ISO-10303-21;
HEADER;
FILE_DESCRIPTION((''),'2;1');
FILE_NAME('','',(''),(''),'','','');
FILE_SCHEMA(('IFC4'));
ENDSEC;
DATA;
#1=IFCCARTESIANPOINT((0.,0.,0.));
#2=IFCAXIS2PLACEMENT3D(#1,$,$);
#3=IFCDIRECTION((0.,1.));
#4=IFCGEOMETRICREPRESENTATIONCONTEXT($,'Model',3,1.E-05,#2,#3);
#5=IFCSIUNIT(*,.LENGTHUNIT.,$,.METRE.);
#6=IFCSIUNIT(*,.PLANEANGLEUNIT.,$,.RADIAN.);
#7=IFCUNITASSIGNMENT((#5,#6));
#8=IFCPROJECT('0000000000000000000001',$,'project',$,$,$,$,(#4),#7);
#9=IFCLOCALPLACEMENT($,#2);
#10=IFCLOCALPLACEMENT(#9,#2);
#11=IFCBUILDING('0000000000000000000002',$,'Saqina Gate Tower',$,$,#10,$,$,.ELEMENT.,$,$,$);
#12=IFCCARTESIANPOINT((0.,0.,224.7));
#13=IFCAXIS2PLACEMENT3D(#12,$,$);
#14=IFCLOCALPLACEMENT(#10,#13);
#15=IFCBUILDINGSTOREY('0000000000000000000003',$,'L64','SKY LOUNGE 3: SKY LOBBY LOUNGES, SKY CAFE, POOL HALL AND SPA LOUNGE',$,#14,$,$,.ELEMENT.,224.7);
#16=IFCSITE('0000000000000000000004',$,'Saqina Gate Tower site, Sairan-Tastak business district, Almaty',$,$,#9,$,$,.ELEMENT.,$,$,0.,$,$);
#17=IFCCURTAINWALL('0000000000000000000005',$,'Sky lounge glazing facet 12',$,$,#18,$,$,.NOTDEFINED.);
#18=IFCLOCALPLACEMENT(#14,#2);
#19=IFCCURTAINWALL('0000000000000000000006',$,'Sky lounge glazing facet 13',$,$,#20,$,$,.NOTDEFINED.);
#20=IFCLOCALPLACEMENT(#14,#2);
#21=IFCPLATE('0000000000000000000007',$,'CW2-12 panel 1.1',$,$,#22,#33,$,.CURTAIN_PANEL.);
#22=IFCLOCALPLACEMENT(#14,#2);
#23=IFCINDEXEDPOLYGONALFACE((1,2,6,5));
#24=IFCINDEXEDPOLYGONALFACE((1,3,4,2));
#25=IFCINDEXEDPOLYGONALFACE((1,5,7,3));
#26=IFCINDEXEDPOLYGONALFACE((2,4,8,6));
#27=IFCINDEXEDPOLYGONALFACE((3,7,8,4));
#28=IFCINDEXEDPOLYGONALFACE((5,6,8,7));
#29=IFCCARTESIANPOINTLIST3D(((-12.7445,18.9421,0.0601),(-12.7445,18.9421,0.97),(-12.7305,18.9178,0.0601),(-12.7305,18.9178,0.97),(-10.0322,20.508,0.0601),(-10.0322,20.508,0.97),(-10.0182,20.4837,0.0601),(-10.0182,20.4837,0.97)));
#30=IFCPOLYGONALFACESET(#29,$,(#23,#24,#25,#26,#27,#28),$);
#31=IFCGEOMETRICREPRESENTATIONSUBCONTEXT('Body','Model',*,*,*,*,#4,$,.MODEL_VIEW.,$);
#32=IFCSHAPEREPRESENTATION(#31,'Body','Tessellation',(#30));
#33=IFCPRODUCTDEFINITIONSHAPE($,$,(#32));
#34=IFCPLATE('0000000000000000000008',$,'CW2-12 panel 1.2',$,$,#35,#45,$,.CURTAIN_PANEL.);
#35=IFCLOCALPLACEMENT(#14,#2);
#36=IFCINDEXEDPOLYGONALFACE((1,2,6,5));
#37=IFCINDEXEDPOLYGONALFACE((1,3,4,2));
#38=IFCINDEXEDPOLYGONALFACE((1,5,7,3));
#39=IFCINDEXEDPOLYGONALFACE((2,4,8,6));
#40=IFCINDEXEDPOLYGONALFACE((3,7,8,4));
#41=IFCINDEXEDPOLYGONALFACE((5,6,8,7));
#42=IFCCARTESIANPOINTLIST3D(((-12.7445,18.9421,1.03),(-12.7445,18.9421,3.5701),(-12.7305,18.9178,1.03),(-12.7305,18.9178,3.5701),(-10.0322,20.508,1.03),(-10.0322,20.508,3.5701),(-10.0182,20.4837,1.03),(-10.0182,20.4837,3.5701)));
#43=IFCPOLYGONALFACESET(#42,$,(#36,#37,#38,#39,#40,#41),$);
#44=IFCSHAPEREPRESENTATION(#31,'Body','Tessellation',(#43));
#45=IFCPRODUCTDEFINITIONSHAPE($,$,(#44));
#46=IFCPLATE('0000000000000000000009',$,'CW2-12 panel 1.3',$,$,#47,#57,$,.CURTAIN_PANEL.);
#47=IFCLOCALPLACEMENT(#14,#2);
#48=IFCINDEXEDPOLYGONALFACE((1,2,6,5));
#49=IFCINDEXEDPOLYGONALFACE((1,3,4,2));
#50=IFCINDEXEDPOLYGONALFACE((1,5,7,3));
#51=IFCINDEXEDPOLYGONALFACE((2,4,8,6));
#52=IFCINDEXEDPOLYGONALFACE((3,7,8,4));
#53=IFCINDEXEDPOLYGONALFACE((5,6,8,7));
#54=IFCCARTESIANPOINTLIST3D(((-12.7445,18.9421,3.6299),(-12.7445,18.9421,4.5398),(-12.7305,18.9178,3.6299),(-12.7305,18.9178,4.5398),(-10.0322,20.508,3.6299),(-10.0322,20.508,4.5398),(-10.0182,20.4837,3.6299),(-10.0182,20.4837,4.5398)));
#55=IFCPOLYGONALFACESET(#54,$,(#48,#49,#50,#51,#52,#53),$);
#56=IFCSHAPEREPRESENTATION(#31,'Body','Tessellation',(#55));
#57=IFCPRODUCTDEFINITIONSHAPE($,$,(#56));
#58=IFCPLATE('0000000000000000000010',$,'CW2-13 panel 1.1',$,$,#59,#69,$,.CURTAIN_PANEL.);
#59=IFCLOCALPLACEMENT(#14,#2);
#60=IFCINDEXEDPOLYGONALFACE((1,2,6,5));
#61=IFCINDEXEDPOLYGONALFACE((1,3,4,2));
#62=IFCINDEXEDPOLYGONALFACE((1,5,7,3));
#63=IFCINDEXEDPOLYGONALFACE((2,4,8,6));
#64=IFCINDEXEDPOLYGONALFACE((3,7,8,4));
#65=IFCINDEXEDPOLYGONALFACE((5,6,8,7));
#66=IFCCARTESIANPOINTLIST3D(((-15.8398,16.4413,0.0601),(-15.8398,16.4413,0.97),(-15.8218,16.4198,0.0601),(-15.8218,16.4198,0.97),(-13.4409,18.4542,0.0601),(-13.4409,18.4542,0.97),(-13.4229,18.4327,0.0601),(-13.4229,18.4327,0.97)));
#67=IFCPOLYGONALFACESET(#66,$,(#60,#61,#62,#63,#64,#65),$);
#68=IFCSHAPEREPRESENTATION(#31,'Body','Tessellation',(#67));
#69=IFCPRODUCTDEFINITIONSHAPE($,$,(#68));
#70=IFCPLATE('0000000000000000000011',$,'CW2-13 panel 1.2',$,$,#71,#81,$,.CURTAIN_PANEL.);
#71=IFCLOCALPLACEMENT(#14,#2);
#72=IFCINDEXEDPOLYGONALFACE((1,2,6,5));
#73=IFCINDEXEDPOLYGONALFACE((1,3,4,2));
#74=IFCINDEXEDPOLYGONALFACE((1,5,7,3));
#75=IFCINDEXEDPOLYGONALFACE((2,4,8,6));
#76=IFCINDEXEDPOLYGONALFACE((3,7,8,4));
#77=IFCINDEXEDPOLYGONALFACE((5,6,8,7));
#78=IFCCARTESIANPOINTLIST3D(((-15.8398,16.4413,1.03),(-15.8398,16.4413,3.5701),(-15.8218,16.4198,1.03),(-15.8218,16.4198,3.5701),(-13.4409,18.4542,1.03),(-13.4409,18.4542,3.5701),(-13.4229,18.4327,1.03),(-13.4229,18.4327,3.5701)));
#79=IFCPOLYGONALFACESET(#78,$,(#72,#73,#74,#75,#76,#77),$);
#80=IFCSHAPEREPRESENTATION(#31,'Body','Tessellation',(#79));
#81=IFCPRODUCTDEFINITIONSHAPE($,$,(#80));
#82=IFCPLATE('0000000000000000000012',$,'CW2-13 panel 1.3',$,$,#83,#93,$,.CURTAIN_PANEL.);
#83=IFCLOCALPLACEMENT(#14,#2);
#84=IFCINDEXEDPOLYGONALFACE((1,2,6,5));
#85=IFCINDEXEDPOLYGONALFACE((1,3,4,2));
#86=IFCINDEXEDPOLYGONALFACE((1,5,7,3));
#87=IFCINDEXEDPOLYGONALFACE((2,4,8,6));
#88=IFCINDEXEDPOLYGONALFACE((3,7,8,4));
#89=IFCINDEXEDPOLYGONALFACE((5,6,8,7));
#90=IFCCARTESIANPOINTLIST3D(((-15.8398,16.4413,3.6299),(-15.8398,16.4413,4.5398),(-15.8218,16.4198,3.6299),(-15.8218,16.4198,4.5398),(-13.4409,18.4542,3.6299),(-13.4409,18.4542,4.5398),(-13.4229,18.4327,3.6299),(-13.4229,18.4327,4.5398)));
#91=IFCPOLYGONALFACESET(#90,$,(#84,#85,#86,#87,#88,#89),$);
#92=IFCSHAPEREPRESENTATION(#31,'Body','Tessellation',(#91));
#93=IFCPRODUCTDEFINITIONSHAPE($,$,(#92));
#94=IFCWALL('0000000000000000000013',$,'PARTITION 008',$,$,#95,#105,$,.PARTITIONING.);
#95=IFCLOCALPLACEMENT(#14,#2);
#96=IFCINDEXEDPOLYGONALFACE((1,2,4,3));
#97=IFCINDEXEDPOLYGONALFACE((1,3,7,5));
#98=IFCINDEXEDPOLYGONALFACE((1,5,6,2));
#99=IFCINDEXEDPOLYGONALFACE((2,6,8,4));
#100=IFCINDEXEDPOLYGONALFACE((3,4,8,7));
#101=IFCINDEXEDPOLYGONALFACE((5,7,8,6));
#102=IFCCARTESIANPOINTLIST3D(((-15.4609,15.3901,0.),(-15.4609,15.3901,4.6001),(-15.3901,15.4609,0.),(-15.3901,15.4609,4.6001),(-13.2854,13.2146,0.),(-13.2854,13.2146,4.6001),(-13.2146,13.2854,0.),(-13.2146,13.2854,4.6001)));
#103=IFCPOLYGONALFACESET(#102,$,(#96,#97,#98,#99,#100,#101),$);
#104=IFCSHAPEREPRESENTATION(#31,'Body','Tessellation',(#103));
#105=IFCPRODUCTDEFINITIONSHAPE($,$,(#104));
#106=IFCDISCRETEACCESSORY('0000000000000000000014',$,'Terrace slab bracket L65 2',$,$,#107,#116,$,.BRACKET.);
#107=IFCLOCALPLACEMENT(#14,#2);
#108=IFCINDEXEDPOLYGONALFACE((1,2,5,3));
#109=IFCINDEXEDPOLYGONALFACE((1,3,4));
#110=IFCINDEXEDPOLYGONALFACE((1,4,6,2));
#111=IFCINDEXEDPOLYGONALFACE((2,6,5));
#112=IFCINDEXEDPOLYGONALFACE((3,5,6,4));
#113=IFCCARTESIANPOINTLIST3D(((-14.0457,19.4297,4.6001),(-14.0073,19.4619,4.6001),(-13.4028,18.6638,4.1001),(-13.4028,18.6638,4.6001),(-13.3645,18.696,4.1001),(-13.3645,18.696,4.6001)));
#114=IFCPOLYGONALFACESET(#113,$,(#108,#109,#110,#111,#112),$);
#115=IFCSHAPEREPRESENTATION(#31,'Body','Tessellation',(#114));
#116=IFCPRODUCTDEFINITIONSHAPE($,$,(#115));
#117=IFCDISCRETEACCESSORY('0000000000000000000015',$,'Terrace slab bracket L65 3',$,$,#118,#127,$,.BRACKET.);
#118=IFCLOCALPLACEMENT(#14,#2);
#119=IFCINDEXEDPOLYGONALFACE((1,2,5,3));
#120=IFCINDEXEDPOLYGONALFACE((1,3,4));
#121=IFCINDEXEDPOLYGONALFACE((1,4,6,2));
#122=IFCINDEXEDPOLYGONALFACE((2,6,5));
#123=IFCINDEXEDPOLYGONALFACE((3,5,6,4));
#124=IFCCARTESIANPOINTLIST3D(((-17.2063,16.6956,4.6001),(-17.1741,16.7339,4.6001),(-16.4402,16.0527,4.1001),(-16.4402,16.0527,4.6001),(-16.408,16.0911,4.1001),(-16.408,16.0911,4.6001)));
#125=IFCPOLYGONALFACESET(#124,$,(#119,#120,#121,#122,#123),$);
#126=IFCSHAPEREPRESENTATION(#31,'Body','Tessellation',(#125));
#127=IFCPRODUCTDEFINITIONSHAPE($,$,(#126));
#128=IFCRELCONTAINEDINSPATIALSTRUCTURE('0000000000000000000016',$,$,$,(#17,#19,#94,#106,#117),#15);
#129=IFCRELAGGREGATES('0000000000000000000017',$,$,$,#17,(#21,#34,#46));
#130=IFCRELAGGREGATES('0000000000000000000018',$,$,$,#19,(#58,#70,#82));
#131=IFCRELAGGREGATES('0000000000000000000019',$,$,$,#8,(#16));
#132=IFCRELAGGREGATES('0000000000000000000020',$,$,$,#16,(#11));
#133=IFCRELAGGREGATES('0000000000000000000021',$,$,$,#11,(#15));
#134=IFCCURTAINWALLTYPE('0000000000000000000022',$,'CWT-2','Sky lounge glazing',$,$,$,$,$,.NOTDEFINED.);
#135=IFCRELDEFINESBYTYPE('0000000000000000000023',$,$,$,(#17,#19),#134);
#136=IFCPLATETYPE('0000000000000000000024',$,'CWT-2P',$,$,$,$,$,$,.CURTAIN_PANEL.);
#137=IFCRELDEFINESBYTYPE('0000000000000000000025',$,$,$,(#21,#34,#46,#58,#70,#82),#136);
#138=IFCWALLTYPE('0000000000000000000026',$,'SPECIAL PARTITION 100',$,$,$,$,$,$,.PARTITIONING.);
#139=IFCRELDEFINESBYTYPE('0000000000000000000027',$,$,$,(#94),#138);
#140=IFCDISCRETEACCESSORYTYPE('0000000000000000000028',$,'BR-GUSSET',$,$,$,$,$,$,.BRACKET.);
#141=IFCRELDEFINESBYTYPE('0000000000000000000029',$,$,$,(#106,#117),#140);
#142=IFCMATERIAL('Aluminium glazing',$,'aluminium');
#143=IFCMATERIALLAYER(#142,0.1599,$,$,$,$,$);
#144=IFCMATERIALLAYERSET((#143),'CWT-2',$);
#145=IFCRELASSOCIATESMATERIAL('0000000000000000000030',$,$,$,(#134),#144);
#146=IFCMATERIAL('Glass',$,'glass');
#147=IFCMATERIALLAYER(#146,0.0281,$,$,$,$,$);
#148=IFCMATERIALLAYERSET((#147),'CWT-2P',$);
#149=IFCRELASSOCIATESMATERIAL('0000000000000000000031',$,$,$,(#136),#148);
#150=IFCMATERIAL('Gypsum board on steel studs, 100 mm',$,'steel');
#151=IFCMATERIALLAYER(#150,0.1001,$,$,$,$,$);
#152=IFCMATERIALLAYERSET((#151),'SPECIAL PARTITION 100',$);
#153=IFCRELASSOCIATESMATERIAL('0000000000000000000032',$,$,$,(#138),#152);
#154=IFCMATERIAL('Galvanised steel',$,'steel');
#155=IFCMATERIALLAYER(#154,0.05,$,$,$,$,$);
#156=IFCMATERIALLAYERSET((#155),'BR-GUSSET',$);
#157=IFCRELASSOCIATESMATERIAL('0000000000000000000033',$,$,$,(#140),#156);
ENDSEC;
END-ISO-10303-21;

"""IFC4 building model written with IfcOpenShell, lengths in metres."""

from ifc_helpers import new_model, si_unit, direction, frame, frame_2d, origin, origin_2d, place, context, subcontext, project, spatial, polyline, rectangle, outline, extrude, material, layer, layer_set, type_object, element, aggregate, save


model = new_model("IFC4")

# Units and contexts
model_context = context("Model", 3, precision=1e-05, world=origin(), true_north=direction((0.0, 1.0)))
body_context = subcontext(model_context, "Body", "Model", "MODEL_VIEW")
ifc_project = project(units=[si_unit("LENGTHUNIT", "METRE"), si_unit("PLANEANGLEUNIT", "RADIAN")], contexts=[model_context])

# Site, building, storey
site_placement = place(None, origin())
site = spatial("IfcSite", under=ifc_project, at=site_placement, Name="Saqina Gate Tower site, Sairan-Tastak business district, Almaty", CompositionType="ELEMENT", RefElevation=0.0)
building_placement = place(site_placement, origin())
building = spatial("IfcBuilding", under=site, at=building_placement, Name="Saqina Gate Tower", CompositionType="ELEMENT")
storey_placement = place(building_placement, frame((0.0, 0.0, 224.7)))
storey = spatial("IfcBuildingStorey", under=building, at=storey_placement, Name="L64", Description="SKY LOUNGE 3: SKY LOBBY LOUNGES, SKY CAFE, POOL HALL AND SPA LOUNGE", CompositionType="ELEMENT", Elevation=224.7)

# Curtain wall
ifc_material_1 = material(Name="Aluminium glazing", Category="aluminium")
ifc_layer_1 = layer(ifc_material_1, 0.1599)
ifc_layer_set_1 = layer_set([ifc_layer_1], Name="CWT-2")
curtain_wall_type = type_object("IfcCurtainWallType", Name="CWT-2", Description="Sky lounge glazing", PredefinedType="NOTDEFINED", material=ifc_layer_set_1)
curtain_wall_1_placement = place(storey_placement, origin())
curtain_wall_1 = element("IfcCurtainWall", 1, at=curtain_wall_1_placement, inside=storey, type_object=curtain_wall_type, Name="Sky lounge glazing facet 12", PredefinedType="NOTDEFINED")

# Curtain wall
curtain_wall_2_placement = place(storey_placement, origin())
curtain_wall_2 = element("IfcCurtainWall", 2, at=curtain_wall_2_placement, inside=storey, type_object=curtain_wall_type, Name="Sky lounge glazing facet 13", PredefinedType="NOTDEFINED")

# Plates
ifc_material_2 = material(Name="Glass", Category="glass")
ifc_layer_2 = layer(ifc_material_2, 0.0281)
ifc_layer_set_2 = layer_set([ifc_layer_2], Name="CWT-2P")
plate_type = type_object("IfcPlateType", Name="CWT-2P", PredefinedType="CURTAIN_PANEL", material=ifc_layer_set_2)
plate_1_placement = place(storey_placement, frame((-11.3813, 19.7129, 0.0601), z_axis=(0.0, 0.0, 1.0), x_axis=(-0.866036, -0.499982, 0.0)))
plate_1 = element("IfcPlate", 3, at=plate_1_placement, type_object=plate_type, Name="CW2-12 panel 1.1", PredefinedType="CURTAIN_PANEL", context=body_context, shape_type="SweptSolid", body=[
    extrude(rectangle(XDim=3.1318, YDim=0.0281, at=origin_2d()), origin(), (0.0, 0.0, 1.0), 0.9099),
])
plate_2_placement = place(storey_placement, frame((-11.3813, 19.7129, 1.03), z_axis=(0.0, 0.0, 1.0), x_axis=(-0.866036, -0.499982, 0.0)))
plate_2 = element("IfcPlate", 4, at=plate_2_placement, type_object=plate_type, Name="CW2-12 panel 1.2", PredefinedType="CURTAIN_PANEL", context=body_context, shape_type="SweptSolid", body=[
    extrude(rectangle(XDim=3.1318, YDim=0.0281, at=origin_2d()), origin(), (0.0, 0.0, 1.0), 2.54),
])
plate_3_placement = place(storey_placement, frame((-11.3813, 19.7129, 3.6299), z_axis=(0.0, 0.0, 1.0), x_axis=(-0.866036, -0.499982, 0.0)))
plate_3 = element("IfcPlate", 5, at=plate_3_placement, type_object=plate_type, Name="CW2-12 panel 1.3", PredefinedType="CURTAIN_PANEL", context=body_context, shape_type="SweptSolid", body=[
    extrude(rectangle(XDim=3.1318, YDim=0.0281, at=origin_2d()), origin(), (0.0, 0.0, 1.0), 0.9099),
])
aggregate(curtain_wall_1, [plate_1, plate_2, plate_3])
plate_4_placement = place(storey_placement, frame((-14.6313, 17.437, 0.0601), z_axis=(0.0, 0.0, 1.0), x_axis=(-0.766046, -0.642785, 0.0)))
plate_4 = element("IfcPlate", 6, at=plate_4_placement, type_object=plate_type, Name="CW2-13 panel 1.1", PredefinedType="CURTAIN_PANEL", context=body_context, shape_type="SweptSolid", body=[
    extrude(rectangle(XDim=3.1316, YDim=0.0281, at=origin_2d()), origin(), (0.0, 0.0, 1.0), 0.9099),
])
plate_5_placement = place(storey_placement, frame((-14.6313, 17.437, 1.03), z_axis=(0.0, 0.0, 1.0), x_axis=(-0.766046, -0.642785, 0.0)))
plate_5 = element("IfcPlate", 7, at=plate_5_placement, type_object=plate_type, Name="CW2-13 panel 1.2", PredefinedType="CURTAIN_PANEL", context=body_context, shape_type="SweptSolid", body=[
    extrude(rectangle(XDim=3.1316, YDim=0.0281, at=origin_2d()), origin(), (0.0, 0.0, 1.0), 2.54),
])
plate_6_placement = place(storey_placement, frame((-14.6313, 17.437, 3.6299), z_axis=(0.0, 0.0, 1.0), x_axis=(-0.766046, -0.642785, 0.0)))
plate_6 = element("IfcPlate", 8, at=plate_6_placement, type_object=plate_type, Name="CW2-13 panel 1.3", PredefinedType="CURTAIN_PANEL", context=body_context, shape_type="SweptSolid", body=[
    extrude(rectangle(XDim=3.1316, YDim=0.0281, at=origin_2d()), origin(), (0.0, 0.0, 1.0), 0.9099),
])
aggregate(curtain_wall_2, [plate_4, plate_5, plate_6])

# Wall
ifc_material_3 = material(Name="Gypsum board on steel studs, 100 mm", Category="steel")
ifc_layer_3 = layer(ifc_material_3, 0.1001)
ifc_layer_set_3 = layer_set([ifc_layer_3], Name="SPECIAL PARTITION 100")
wall_type = type_object("IfcWallType", Name="SPECIAL PARTITION 100", PredefinedType="PARTITIONING", material=ifc_layer_set_3)
wall_placement = place(storey_placement, frame((-15.4255, 15.4255, 0.0), z_axis=(0.0, 0.0, 1.0), x_axis=(0.707107, -0.707107, 0.0)))
element("IfcWall", 9, at=wall_placement, inside=storey, type_object=wall_type, Name="PARTITION 008", PredefinedType="PARTITIONING", context=body_context, shape_type="SweptSolid", body=[
    extrude(rectangle(XDim=3.0767, YDim=0.1001, at=frame_2d((1.5383, 0.0))), origin(), (0.0, 0.0, 1.0), 4.6001),
])

# Discrete accessories
ifc_material_4 = material(Name="Galvanised steel", Category="steel")
ifc_layer_4 = layer(ifc_material_4, 0.05)
ifc_layer_set_4 = layer_set([ifc_layer_4], Name="BR-GUSSET")
discrete_accessory_type = type_object("IfcDiscreteAccessoryType", Name="BR-GUSSET", PredefinedType="BRACKET", material=ifc_layer_set_4)
discrete_accessory_1_placement = place(storey_placement, frame((-13.4028, 18.6638, 4.1001), z_axis=(-0.765955, -0.642894, 0.0), x_axis=(0.0, 0.0, 1.0)))
element("IfcDiscreteAccessory", 10, at=discrete_accessory_1_placement, inside=storey, type_object=discrete_accessory_type, Name="Terrace slab bracket L65 2", PredefinedType="BRACKET", context=body_context, shape_type="SweptSolid", body=[
    extrude(outline(polyline([(0.0, 0.0), (0.5, 0.0), (0.5, 0.9999), (0.0, 0.0)])), origin(), (0.0, 0.0, -1.0), 0.05),
])
discrete_accessory_2_placement = place(storey_placement, frame((-16.4402, 16.0527, 4.1001), z_axis=(-0.642774, -0.766056, 0.0), x_axis=(0.0, 0.0, 1.0)))
element("IfcDiscreteAccessory", 11, at=discrete_accessory_2_placement, inside=storey, type_object=discrete_accessory_type, Name="Terrace slab bracket L65 3", PredefinedType="BRACKET", context=body_context, shape_type="SweptSolid", body=[
    extrude(outline(polyline([(0.0, 0.0), (0.5, 0.0), (0.5, 1.0001), (0.0, 0.0)])), origin(), (0.0, 0.0, -1.0), 0.05),
])

save(model, "model.ifc")
